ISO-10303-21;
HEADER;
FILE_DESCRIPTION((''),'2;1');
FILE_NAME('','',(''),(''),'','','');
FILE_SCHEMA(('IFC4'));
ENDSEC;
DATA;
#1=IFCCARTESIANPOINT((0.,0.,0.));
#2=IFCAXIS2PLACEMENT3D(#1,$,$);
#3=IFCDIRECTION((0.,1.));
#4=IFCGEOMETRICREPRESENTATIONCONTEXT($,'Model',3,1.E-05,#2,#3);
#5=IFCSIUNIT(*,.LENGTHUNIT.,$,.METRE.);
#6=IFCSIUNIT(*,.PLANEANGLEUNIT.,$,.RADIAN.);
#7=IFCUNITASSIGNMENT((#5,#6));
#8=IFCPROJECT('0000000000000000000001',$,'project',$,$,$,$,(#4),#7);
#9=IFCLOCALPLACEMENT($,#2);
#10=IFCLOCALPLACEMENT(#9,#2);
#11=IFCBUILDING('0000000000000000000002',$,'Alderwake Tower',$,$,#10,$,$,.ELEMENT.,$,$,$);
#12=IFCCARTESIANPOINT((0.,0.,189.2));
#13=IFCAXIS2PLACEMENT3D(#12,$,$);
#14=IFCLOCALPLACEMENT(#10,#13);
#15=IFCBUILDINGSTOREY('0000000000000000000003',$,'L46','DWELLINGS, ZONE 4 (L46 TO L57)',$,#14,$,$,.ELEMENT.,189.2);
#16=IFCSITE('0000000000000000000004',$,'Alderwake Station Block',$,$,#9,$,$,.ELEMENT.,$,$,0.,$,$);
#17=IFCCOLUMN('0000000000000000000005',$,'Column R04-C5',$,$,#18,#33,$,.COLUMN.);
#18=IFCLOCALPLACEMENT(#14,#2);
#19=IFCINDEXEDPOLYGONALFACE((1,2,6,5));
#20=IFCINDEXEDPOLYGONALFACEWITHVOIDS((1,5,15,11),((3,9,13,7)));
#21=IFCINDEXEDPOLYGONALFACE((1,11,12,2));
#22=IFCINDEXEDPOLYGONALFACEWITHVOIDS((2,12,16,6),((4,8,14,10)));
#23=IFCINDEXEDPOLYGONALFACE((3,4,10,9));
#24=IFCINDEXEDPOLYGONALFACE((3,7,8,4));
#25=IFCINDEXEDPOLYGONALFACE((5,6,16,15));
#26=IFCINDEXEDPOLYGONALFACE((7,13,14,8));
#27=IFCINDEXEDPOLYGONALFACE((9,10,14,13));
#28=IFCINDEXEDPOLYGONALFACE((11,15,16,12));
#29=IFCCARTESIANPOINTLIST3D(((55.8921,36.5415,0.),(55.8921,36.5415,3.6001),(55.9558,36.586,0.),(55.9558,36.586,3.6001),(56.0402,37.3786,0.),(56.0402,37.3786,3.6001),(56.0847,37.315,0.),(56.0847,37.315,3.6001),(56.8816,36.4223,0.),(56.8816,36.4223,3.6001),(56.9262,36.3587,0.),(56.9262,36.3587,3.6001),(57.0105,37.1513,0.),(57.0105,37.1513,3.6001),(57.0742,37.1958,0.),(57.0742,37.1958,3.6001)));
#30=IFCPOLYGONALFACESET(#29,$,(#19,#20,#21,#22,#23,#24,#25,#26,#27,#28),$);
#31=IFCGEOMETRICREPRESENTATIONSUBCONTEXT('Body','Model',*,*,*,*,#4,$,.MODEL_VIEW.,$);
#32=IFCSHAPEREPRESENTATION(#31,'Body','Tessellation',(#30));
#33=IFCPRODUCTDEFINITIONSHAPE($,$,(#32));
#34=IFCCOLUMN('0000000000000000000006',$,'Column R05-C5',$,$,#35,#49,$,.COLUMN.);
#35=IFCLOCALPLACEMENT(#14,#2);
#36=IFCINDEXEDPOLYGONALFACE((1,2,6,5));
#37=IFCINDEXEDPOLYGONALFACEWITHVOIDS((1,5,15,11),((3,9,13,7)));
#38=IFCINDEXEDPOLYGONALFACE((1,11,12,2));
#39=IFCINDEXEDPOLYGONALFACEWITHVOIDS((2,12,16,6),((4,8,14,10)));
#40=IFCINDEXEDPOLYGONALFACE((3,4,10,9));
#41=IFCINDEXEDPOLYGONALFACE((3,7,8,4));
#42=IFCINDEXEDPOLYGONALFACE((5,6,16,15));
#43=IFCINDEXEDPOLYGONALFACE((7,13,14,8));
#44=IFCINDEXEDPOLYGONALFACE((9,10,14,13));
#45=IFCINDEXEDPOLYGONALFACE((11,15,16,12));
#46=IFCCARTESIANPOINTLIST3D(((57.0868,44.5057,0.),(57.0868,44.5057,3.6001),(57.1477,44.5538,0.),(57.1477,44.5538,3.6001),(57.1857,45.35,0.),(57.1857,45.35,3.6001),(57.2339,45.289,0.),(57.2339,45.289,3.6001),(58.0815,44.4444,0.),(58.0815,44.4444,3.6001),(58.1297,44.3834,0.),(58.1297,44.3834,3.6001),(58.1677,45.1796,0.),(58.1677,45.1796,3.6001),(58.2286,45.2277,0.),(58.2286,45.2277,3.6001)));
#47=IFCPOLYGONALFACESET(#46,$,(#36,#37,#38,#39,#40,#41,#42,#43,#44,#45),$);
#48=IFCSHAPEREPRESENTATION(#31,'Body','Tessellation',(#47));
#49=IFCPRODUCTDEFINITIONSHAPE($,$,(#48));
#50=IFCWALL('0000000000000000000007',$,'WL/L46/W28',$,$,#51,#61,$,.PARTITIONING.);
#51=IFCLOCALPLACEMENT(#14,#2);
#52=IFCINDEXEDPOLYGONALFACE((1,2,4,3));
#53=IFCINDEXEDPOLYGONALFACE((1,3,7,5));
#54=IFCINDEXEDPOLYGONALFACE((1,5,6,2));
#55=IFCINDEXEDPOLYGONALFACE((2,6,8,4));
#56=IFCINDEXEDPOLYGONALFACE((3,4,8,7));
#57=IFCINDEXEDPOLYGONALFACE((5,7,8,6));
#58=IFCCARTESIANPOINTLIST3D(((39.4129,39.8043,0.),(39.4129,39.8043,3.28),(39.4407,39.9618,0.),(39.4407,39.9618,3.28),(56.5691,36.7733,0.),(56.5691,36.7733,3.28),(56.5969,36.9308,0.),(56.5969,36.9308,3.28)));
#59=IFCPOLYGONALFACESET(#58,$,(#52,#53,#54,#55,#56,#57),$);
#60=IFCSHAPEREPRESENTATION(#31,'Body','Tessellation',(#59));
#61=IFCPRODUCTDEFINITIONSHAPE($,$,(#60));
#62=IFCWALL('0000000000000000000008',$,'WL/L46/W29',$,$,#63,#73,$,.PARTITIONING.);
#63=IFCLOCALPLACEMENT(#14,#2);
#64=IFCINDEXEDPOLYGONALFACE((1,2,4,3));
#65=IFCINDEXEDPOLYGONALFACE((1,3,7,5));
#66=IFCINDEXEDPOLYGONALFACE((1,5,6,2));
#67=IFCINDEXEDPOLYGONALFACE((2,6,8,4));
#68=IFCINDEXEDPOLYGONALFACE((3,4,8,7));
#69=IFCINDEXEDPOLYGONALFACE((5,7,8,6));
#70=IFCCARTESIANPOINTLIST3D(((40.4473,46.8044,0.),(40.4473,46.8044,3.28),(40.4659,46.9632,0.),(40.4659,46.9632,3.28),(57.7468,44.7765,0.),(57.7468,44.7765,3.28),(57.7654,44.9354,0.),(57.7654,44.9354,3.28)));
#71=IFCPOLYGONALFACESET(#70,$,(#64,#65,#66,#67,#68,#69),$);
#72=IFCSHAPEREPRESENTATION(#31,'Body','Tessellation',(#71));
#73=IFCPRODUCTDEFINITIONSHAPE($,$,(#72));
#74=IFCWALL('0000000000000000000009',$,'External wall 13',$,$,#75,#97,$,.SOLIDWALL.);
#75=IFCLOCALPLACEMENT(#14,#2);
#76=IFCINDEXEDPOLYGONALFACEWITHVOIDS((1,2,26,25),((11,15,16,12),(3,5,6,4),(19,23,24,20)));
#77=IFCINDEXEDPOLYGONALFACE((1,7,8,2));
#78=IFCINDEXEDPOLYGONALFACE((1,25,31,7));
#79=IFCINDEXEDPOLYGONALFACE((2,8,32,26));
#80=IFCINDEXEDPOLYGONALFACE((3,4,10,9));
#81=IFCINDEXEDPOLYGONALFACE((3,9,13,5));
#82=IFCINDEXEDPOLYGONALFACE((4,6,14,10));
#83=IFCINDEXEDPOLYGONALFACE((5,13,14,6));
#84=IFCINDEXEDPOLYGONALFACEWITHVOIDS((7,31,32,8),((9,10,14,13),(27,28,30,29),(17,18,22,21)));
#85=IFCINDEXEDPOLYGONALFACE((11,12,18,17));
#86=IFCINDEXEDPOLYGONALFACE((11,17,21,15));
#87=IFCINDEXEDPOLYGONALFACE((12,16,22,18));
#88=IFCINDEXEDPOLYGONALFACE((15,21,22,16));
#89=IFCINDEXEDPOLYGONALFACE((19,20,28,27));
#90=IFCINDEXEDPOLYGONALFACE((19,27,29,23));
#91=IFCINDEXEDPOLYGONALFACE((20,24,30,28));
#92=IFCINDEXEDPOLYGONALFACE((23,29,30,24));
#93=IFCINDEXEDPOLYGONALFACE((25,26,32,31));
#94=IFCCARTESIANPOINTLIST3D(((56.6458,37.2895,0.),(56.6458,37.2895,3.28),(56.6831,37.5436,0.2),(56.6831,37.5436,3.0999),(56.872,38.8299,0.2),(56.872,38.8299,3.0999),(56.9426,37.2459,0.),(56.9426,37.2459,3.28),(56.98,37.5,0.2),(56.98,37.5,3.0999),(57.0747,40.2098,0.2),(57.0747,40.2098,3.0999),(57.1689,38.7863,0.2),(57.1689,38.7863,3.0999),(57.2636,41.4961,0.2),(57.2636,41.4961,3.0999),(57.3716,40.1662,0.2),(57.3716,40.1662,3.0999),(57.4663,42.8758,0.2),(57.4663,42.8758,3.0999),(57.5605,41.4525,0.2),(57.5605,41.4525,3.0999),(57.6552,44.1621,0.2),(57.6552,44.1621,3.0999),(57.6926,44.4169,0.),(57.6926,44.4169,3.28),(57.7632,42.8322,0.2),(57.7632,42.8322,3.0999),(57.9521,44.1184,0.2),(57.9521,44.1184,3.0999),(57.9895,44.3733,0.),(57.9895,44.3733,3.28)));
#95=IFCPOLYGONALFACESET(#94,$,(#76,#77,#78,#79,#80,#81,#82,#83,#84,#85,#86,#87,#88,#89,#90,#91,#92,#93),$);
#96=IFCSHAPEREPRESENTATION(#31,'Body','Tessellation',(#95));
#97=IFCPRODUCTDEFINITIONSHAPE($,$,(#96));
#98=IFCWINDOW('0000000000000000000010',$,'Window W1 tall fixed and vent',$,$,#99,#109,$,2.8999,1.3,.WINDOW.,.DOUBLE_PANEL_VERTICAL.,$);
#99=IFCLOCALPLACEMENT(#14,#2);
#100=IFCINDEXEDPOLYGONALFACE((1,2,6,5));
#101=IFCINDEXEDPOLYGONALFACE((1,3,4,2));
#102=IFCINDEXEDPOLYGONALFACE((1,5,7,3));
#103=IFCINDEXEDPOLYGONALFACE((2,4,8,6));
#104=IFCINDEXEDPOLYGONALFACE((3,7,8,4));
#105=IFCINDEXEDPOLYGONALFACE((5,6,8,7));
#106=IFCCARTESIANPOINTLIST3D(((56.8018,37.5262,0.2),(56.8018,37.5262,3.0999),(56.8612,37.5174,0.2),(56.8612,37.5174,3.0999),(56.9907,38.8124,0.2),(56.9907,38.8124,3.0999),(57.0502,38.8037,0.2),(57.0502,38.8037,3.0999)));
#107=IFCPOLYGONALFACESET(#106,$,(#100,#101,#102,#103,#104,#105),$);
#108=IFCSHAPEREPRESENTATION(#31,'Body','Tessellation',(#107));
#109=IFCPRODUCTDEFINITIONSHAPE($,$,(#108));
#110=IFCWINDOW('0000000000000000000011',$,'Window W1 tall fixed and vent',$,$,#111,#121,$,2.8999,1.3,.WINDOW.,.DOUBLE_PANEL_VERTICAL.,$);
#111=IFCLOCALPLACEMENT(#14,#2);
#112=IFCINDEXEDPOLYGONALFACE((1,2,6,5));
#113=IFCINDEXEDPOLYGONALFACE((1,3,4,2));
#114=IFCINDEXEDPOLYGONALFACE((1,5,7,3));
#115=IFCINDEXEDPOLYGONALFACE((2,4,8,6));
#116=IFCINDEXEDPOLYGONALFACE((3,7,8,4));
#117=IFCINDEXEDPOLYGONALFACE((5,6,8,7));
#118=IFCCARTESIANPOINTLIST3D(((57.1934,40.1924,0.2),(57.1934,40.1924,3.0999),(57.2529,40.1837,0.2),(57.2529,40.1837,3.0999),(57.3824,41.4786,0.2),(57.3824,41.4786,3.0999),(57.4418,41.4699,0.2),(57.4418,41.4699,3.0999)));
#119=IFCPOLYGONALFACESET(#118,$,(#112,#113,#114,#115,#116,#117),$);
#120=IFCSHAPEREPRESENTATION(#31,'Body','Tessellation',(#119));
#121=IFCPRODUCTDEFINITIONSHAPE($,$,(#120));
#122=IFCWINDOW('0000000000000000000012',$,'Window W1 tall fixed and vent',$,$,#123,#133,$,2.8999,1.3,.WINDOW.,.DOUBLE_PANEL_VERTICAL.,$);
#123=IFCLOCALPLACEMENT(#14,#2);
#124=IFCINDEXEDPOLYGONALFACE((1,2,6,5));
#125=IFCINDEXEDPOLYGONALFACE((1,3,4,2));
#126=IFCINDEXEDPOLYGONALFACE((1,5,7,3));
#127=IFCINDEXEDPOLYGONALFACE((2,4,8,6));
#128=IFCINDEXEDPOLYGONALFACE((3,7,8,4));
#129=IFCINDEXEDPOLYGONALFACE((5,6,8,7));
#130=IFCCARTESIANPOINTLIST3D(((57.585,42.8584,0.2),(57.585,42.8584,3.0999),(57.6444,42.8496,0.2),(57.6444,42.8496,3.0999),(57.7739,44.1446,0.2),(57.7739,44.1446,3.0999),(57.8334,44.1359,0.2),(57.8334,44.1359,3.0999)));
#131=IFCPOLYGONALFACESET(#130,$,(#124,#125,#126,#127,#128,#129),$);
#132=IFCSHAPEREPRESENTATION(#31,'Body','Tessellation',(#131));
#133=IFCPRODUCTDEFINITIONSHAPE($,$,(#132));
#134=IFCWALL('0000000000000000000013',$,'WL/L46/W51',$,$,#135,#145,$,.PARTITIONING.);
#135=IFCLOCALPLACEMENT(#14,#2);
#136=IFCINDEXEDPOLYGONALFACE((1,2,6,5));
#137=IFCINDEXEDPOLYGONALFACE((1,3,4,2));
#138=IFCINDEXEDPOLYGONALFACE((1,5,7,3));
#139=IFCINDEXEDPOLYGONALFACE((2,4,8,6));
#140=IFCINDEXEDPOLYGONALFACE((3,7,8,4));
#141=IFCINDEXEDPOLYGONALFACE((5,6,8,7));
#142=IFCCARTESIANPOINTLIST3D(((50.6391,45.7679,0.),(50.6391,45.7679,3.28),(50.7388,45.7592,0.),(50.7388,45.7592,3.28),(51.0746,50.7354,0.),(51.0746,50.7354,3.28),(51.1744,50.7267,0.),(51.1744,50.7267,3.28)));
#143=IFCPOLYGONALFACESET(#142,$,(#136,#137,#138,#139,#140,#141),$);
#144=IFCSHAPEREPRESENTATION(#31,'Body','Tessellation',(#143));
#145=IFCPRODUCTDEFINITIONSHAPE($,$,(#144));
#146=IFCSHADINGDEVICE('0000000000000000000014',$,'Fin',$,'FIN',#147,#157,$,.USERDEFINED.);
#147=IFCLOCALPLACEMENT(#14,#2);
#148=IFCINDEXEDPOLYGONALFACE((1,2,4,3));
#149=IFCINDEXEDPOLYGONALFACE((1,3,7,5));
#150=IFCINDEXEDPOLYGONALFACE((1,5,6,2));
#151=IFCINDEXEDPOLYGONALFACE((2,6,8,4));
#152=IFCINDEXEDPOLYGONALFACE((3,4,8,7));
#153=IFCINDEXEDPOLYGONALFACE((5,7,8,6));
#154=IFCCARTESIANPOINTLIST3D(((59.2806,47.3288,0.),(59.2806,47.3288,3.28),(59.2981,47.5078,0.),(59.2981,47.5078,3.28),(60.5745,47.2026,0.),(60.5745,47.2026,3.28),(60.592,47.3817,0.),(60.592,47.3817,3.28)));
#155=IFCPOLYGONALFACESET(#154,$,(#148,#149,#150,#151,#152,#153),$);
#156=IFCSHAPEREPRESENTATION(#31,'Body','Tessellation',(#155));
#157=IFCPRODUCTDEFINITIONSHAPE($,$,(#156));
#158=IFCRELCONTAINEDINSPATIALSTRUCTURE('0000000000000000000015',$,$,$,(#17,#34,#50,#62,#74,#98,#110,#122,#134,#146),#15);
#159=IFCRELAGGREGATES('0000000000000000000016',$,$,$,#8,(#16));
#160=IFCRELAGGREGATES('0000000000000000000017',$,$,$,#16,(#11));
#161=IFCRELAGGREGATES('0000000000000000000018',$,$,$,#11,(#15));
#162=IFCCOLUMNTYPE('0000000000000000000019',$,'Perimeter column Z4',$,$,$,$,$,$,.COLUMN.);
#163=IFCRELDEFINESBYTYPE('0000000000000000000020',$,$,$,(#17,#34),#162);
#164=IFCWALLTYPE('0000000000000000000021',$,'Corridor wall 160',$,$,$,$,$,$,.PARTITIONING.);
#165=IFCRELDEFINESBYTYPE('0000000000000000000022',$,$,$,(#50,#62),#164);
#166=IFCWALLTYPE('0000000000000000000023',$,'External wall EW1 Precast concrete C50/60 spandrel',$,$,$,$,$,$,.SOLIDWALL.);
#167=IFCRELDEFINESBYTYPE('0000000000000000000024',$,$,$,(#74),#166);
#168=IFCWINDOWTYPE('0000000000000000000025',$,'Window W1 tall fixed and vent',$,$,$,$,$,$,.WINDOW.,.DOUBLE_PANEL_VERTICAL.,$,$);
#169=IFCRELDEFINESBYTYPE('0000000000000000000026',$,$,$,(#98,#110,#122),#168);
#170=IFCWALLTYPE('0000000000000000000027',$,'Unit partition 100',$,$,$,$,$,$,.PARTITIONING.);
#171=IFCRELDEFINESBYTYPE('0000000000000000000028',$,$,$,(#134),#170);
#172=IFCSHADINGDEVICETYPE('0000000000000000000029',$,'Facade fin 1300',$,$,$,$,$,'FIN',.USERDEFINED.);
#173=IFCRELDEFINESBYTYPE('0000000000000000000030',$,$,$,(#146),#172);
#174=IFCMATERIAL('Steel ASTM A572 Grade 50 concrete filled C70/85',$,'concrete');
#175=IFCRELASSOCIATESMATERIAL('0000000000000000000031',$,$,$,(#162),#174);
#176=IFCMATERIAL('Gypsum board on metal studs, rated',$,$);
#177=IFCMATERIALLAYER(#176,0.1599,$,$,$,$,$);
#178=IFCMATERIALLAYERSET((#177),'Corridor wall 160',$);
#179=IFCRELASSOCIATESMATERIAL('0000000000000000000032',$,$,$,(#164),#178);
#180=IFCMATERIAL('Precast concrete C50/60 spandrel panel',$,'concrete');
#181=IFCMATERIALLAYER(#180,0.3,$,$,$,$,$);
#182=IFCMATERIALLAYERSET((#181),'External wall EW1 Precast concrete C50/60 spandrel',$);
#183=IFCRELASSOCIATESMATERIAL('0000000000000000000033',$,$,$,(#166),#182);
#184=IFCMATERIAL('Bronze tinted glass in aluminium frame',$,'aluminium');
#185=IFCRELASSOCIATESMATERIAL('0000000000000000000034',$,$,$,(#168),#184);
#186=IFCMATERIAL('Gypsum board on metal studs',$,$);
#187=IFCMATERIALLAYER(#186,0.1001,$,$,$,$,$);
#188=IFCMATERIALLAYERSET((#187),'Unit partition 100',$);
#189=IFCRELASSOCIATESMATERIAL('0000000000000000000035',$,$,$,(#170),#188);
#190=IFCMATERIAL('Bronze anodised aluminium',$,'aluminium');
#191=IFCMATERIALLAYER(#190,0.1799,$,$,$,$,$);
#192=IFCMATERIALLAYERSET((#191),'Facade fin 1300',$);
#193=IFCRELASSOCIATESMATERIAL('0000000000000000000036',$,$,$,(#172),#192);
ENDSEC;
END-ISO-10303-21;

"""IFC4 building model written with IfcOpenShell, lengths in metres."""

from ifc_helpers import new_model, si_unit, direction, frame, frame_2d, origin, origin_2d, place, context, subcontext, project, spatial, rectangle, hollow_rectangle, extrude, material, layer, layer_set, material_profile, profile_set, type_object, element, fill, save


model = new_model("IFC4")

# Units and contexts
model_context = context("Model", 3, precision=1e-05, world=origin(), true_north=direction((0.0, 1.0)))
body_context = subcontext(model_context, "Body", "Model", "MODEL_VIEW")
ifc_project = project(units=[si_unit("LENGTHUNIT", "METRE"), si_unit("PLANEANGLEUNIT", "RADIAN")], contexts=[model_context])

# Site, building, storey
site_placement = place(None, origin())
site = spatial("IfcSite", under=ifc_project, at=site_placement, Name="Alderwake Station Block", CompositionType="ELEMENT", RefElevation=0.0)
building_placement = place(site_placement, origin())
building = spatial("IfcBuilding", under=site, at=building_placement, Name="Alderwake Tower", CompositionType="ELEMENT")
storey_placement = place(building_placement, frame((0.0, 0.0, 189.2)))
storey = spatial("IfcBuildingStorey", under=building, at=storey_placement, Name="L46", Description="DWELLINGS, ZONE 4 (L46 TO L57)", CompositionType="ELEMENT", Elevation=189.2)

# Columns
ifc_material_1 = material(Name="Steel ASTM A572 Grade 50 concrete filled C70/85", Category="concrete")
ifc_material_profile = material_profile(ifc_material_1, hollow_rectangle(XDim=0.8501, YDim=1.05, WallThickness=0.0549, at=origin_2d()), Name="BOX 1050X850X55")
ifc_profile_set = profile_set([ifc_material_profile], Name="Steel ASTM A572 Grade 50 concrete filled C70/85")
column_type = type_object("IfcColumnType", Name="Perimeter column Z4", PredefinedType="COLUMN", material=ifc_profile_set)
for number, where, z_axis, x_axis, name in (
    (1, (56.4832, 36.8687, 0.0), (0.0, 0.0, 1.0), (0.174109, 0.984726, 0.0), "Column R04-C5"),
    (2, (57.6577, 44.8667, 0.0), (0.0, 0.0, 1.0), (0.116402, 0.993202, 0.0), "Column R05-C5"),
):
    element("IfcColumn", number, at=place(storey_placement, frame(where, z_axis=z_axis, x_axis=x_axis)), inside=storey, type_object=column_type, Name=name, PredefinedType="COLUMN", context=body_context, shape_type="SweptSolid", body=[
        extrude(hollow_rectangle(XDim=0.8501, YDim=1.05, WallThickness=0.0549, at=origin_2d()), origin(), (0.0, 0.0, 1.0), 3.6001),
    ])

# Walls
ifc_material_2 = material(Name="Gypsum board on metal studs, rated")
ifc_layer_1 = layer(ifc_material_2, 0.1599)
ifc_layer_set_1 = layer_set([ifc_layer_1], Name="Corridor wall 160")
wall_type_1 = type_object("IfcWallType", Name="Corridor wall 160", PredefinedType="PARTITIONING", material=ifc_layer_set_1)
wall_1_placement = place(storey_placement, frame((56.583, 36.8521, 0.0), z_axis=(0.0, 0.0, 1.0), x_axis=(-0.98475, 0.173976, 0.0)))
element("IfcWall", 3, at=wall_1_placement, inside=storey, type_object=wall_type_1, Name="WL/L46/W28", PredefinedType="PARTITIONING", context=body_context, shape_type="SweptSolid", body=[
    extrude(rectangle(XDim=17.4219, YDim=0.1599, at=frame_2d((8.7109, 0.0))), origin(), (0.0, 0.0, 1.0), 3.28),
])
wall_2_placement = place(storey_placement, frame((57.7561, 44.856, 0.0), z_axis=(0.0, 0.0, 1.0), x_axis=(-0.9932, 0.116422, 0.0)))
element("IfcWall", 4, at=wall_2_placement, inside=storey, type_object=wall_type_1, Name="WL/L46/W29", PredefinedType="PARTITIONING", context=body_context, shape_type="SweptSolid", body=[
    extrude(rectangle(XDim=17.418, YDim=0.1599, at=frame_2d((8.709, 0.0))), origin(), (0.0, 0.0, 1.0), 3.28),
])

# Wall, openings, windows
ifc_material_3 = material(Name="Precast concrete C50/60 spandrel panel", Category="concrete")
ifc_layer_2 = layer(ifc_material_3, 0.3)
ifc_layer_set_2 = layer_set([ifc_layer_2], Name="External wall EW1 Precast concrete C50/60 spandrel")
wall_type_2 = type_object("IfcWallType", Name="External wall EW1 Precast concrete C50/60 spandrel", PredefinedType="SOLIDWALL", material=ifc_layer_set_2)
wall_3_placement = place(storey_placement, frame((56.7942, 37.2676, 0.0), z_axis=(0.0, 0.0, 1.0), x_axis=(0.14532, 0.989385, 0.0)))
wall_3 = element("IfcWall", 5, at=wall_3_placement, inside=storey, type_object=wall_type_2, Name="External wall 13", PredefinedType="SOLIDWALL", context=body_context, shape_type="SweptSolid", body=[
    extrude(rectangle(XDim=7.2039, YDim=0.3, at=frame_2d((3.6021, 0.0))), origin(), (0.0, 0.0, 1.0), 3.28),
])
opening_1_placement = place(wall_3_placement, frame((0.2571, 0.0, 0.2)))
opening_1 = element("IfcOpeningElement", 6, at=opening_1_placement, cuts=wall_3, PredefinedType="OPENING", context=body_context, shape_type="SweptSolid", body=[
    extrude(rectangle(XDim=1.3, YDim=2.8999, at=frame_2d((0.6499, 1.45))), frame((0.0, 0.1599, 0.0), z_axis=(0.0, -1.0, 0.0), x_axis=(1.0, 0.0, 0.0)), (0.0, 0.0, 1.0), 0.3201),
])
opening_2_placement = place(wall_3_placement, frame((2.9519, 0.0, 0.2)))
opening_2 = element("IfcOpeningElement", 7, at=opening_2_placement, cuts=wall_3, PredefinedType="OPENING", context=body_context, shape_type="SweptSolid", body=[
    extrude(rectangle(XDim=1.3, YDim=2.8999, at=frame_2d((0.6499, 1.45))), frame((0.0, 0.1599, 0.0), z_axis=(0.0, -1.0, 0.0), x_axis=(1.0, 0.0, 0.0)), (0.0, 0.0, 1.0), 0.3201),
])
opening_3_placement = place(wall_3_placement, frame((5.6465, 0.0, 0.2)))
opening_3 = element("IfcOpeningElement", 8, at=opening_3_placement, cuts=wall_3, PredefinedType="OPENING", context=body_context, shape_type="SweptSolid", body=[
    extrude(rectangle(XDim=1.3, YDim=2.8999, at=frame_2d((0.6499, 1.45))), frame((0.0, 0.1599, 0.0), z_axis=(0.0, -1.0, 0.0), x_axis=(1.0, 0.0, 0.0)), (0.0, 0.0, 1.0), 0.3201),
])
ifc_material_4 = material(Name="Bronze tinted glass in aluminium frame", Category="aluminium")
window_type = type_object("IfcWindowType", Name="Window W1 tall fixed and vent", PartitioningType="DOUBLE_PANEL_VERTICAL", PredefinedType="WINDOW", material=ifc_material_4)
window_1_placement = place(opening_1_placement, origin())
window_1 = element("IfcWindow", 9, at=window_1_placement, inside=storey, type_object=window_type, Name="Window W1 tall fixed and vent", OverallHeight=2.8999, OverallWidth=1.3, PartitioningType="DOUBLE_PANEL_VERTICAL", PredefinedType="WINDOW", context=body_context, shape_type="SweptSolid", body=[
    extrude(rectangle(XDim=1.3, YDim=2.8999, at=frame_2d((0.6499, 1.45))), frame((0.0, 0.03, 0.0), z_axis=(0.0, -1.0, 0.0), x_axis=(1.0, 0.0, 0.0)), (0.0, 0.0, 1.0), 0.0601),
])
fill(opening_1, window_1)
window_2_placement = place(opening_2_placement, origin())
window_2 = element("IfcWindow", 10, at=window_2_placement, inside=storey, type_object=window_type, Name="Window W1 tall fixed and vent", OverallHeight=2.8999, OverallWidth=1.3, PartitioningType="DOUBLE_PANEL_VERTICAL", PredefinedType="WINDOW", context=body_context, shape_type="SweptSolid", body=[
    extrude(rectangle(XDim=1.3, YDim=2.8999, at=frame_2d((0.6499, 1.45))), frame((0.0, 0.03, 0.0), z_axis=(0.0, -1.0, 0.0), x_axis=(1.0, 0.0, 0.0)), (0.0, 0.0, 1.0), 0.0601),
])
fill(opening_2, window_2)
window_3_placement = place(opening_3_placement, origin())
window_3 = element("IfcWindow", 11, at=window_3_placement, inside=storey, type_object=window_type, Name="Window W1 tall fixed and vent", OverallHeight=2.8999, OverallWidth=1.3, PartitioningType="DOUBLE_PANEL_VERTICAL", PredefinedType="WINDOW", context=body_context, shape_type="SweptSolid", body=[
    extrude(rectangle(XDim=1.3, YDim=2.8999, at=frame_2d((0.6499, 1.45))), frame((0.0, 0.03, 0.0), z_axis=(0.0, -1.0, 0.0), x_axis=(1.0, 0.0, 0.0)), (0.0, 0.0, 1.0), 0.0601),
])
fill(opening_3, window_3)

# Wall
ifc_material_5 = material(Name="Gypsum board on metal studs")
ifc_layer_3 = layer(ifc_material_5, 0.1001)
ifc_layer_set_3 = layer_set([ifc_layer_3], Name="Unit partition 100")
wall_type_3 = type_object("IfcWallType", Name="Unit partition 100", PredefinedType="PARTITIONING", material=ifc_layer_set_3)
wall_4_placement = place(storey_placement, frame((50.689, 45.7637, 0.0), z_axis=(0.0, 0.0, 1.0), x_axis=(0.087344, 0.996178, 0.0)))
element("IfcWall", 12, at=wall_4_placement, inside=storey, type_object=wall_type_3, Name="WL/L46/W51", PredefinedType="PARTITIONING", context=body_context, shape_type="SweptSolid", body=[
    extrude(rectangle(XDim=4.9866, YDim=0.1001, at=frame_2d((2.4932, 0.0))), origin(), (0.0, 0.0, 1.0), 3.28),
])

# Shading device
ifc_material_6 = material(Name="Bronze anodised aluminium", Category="aluminium")
ifc_layer_4 = layer(ifc_material_6, 0.1799)
ifc_layer_set_4 = layer_set([ifc_layer_4], Name="Facade fin 1300")
shading_device_type = type_object("IfcShadingDeviceType", Name="Facade fin 1300", ElementType="FIN", PredefinedType="USERDEFINED", material=ifc_layer_set_4)
shading_device_placement = place(storey_placement, frame((59.9363, 47.3552, 0.0), z_axis=(0.0, 0.0, 1.0), x_axis=(0.99528, -0.097046, 0.0)))
element("IfcShadingDevice", 13, at=shading_device_placement, inside=storey, type_object=shading_device_type, Name="Fin", ObjectType="FIN", PredefinedType="USERDEFINED", context=body_context, shape_type="SweptSolid", body=[
    extrude(rectangle(XDim=1.3, YDim=0.1799, at=origin_2d()), origin(), (0.0, 0.0, 1.0), 3.28),
])

save(model, "model.ifc")
